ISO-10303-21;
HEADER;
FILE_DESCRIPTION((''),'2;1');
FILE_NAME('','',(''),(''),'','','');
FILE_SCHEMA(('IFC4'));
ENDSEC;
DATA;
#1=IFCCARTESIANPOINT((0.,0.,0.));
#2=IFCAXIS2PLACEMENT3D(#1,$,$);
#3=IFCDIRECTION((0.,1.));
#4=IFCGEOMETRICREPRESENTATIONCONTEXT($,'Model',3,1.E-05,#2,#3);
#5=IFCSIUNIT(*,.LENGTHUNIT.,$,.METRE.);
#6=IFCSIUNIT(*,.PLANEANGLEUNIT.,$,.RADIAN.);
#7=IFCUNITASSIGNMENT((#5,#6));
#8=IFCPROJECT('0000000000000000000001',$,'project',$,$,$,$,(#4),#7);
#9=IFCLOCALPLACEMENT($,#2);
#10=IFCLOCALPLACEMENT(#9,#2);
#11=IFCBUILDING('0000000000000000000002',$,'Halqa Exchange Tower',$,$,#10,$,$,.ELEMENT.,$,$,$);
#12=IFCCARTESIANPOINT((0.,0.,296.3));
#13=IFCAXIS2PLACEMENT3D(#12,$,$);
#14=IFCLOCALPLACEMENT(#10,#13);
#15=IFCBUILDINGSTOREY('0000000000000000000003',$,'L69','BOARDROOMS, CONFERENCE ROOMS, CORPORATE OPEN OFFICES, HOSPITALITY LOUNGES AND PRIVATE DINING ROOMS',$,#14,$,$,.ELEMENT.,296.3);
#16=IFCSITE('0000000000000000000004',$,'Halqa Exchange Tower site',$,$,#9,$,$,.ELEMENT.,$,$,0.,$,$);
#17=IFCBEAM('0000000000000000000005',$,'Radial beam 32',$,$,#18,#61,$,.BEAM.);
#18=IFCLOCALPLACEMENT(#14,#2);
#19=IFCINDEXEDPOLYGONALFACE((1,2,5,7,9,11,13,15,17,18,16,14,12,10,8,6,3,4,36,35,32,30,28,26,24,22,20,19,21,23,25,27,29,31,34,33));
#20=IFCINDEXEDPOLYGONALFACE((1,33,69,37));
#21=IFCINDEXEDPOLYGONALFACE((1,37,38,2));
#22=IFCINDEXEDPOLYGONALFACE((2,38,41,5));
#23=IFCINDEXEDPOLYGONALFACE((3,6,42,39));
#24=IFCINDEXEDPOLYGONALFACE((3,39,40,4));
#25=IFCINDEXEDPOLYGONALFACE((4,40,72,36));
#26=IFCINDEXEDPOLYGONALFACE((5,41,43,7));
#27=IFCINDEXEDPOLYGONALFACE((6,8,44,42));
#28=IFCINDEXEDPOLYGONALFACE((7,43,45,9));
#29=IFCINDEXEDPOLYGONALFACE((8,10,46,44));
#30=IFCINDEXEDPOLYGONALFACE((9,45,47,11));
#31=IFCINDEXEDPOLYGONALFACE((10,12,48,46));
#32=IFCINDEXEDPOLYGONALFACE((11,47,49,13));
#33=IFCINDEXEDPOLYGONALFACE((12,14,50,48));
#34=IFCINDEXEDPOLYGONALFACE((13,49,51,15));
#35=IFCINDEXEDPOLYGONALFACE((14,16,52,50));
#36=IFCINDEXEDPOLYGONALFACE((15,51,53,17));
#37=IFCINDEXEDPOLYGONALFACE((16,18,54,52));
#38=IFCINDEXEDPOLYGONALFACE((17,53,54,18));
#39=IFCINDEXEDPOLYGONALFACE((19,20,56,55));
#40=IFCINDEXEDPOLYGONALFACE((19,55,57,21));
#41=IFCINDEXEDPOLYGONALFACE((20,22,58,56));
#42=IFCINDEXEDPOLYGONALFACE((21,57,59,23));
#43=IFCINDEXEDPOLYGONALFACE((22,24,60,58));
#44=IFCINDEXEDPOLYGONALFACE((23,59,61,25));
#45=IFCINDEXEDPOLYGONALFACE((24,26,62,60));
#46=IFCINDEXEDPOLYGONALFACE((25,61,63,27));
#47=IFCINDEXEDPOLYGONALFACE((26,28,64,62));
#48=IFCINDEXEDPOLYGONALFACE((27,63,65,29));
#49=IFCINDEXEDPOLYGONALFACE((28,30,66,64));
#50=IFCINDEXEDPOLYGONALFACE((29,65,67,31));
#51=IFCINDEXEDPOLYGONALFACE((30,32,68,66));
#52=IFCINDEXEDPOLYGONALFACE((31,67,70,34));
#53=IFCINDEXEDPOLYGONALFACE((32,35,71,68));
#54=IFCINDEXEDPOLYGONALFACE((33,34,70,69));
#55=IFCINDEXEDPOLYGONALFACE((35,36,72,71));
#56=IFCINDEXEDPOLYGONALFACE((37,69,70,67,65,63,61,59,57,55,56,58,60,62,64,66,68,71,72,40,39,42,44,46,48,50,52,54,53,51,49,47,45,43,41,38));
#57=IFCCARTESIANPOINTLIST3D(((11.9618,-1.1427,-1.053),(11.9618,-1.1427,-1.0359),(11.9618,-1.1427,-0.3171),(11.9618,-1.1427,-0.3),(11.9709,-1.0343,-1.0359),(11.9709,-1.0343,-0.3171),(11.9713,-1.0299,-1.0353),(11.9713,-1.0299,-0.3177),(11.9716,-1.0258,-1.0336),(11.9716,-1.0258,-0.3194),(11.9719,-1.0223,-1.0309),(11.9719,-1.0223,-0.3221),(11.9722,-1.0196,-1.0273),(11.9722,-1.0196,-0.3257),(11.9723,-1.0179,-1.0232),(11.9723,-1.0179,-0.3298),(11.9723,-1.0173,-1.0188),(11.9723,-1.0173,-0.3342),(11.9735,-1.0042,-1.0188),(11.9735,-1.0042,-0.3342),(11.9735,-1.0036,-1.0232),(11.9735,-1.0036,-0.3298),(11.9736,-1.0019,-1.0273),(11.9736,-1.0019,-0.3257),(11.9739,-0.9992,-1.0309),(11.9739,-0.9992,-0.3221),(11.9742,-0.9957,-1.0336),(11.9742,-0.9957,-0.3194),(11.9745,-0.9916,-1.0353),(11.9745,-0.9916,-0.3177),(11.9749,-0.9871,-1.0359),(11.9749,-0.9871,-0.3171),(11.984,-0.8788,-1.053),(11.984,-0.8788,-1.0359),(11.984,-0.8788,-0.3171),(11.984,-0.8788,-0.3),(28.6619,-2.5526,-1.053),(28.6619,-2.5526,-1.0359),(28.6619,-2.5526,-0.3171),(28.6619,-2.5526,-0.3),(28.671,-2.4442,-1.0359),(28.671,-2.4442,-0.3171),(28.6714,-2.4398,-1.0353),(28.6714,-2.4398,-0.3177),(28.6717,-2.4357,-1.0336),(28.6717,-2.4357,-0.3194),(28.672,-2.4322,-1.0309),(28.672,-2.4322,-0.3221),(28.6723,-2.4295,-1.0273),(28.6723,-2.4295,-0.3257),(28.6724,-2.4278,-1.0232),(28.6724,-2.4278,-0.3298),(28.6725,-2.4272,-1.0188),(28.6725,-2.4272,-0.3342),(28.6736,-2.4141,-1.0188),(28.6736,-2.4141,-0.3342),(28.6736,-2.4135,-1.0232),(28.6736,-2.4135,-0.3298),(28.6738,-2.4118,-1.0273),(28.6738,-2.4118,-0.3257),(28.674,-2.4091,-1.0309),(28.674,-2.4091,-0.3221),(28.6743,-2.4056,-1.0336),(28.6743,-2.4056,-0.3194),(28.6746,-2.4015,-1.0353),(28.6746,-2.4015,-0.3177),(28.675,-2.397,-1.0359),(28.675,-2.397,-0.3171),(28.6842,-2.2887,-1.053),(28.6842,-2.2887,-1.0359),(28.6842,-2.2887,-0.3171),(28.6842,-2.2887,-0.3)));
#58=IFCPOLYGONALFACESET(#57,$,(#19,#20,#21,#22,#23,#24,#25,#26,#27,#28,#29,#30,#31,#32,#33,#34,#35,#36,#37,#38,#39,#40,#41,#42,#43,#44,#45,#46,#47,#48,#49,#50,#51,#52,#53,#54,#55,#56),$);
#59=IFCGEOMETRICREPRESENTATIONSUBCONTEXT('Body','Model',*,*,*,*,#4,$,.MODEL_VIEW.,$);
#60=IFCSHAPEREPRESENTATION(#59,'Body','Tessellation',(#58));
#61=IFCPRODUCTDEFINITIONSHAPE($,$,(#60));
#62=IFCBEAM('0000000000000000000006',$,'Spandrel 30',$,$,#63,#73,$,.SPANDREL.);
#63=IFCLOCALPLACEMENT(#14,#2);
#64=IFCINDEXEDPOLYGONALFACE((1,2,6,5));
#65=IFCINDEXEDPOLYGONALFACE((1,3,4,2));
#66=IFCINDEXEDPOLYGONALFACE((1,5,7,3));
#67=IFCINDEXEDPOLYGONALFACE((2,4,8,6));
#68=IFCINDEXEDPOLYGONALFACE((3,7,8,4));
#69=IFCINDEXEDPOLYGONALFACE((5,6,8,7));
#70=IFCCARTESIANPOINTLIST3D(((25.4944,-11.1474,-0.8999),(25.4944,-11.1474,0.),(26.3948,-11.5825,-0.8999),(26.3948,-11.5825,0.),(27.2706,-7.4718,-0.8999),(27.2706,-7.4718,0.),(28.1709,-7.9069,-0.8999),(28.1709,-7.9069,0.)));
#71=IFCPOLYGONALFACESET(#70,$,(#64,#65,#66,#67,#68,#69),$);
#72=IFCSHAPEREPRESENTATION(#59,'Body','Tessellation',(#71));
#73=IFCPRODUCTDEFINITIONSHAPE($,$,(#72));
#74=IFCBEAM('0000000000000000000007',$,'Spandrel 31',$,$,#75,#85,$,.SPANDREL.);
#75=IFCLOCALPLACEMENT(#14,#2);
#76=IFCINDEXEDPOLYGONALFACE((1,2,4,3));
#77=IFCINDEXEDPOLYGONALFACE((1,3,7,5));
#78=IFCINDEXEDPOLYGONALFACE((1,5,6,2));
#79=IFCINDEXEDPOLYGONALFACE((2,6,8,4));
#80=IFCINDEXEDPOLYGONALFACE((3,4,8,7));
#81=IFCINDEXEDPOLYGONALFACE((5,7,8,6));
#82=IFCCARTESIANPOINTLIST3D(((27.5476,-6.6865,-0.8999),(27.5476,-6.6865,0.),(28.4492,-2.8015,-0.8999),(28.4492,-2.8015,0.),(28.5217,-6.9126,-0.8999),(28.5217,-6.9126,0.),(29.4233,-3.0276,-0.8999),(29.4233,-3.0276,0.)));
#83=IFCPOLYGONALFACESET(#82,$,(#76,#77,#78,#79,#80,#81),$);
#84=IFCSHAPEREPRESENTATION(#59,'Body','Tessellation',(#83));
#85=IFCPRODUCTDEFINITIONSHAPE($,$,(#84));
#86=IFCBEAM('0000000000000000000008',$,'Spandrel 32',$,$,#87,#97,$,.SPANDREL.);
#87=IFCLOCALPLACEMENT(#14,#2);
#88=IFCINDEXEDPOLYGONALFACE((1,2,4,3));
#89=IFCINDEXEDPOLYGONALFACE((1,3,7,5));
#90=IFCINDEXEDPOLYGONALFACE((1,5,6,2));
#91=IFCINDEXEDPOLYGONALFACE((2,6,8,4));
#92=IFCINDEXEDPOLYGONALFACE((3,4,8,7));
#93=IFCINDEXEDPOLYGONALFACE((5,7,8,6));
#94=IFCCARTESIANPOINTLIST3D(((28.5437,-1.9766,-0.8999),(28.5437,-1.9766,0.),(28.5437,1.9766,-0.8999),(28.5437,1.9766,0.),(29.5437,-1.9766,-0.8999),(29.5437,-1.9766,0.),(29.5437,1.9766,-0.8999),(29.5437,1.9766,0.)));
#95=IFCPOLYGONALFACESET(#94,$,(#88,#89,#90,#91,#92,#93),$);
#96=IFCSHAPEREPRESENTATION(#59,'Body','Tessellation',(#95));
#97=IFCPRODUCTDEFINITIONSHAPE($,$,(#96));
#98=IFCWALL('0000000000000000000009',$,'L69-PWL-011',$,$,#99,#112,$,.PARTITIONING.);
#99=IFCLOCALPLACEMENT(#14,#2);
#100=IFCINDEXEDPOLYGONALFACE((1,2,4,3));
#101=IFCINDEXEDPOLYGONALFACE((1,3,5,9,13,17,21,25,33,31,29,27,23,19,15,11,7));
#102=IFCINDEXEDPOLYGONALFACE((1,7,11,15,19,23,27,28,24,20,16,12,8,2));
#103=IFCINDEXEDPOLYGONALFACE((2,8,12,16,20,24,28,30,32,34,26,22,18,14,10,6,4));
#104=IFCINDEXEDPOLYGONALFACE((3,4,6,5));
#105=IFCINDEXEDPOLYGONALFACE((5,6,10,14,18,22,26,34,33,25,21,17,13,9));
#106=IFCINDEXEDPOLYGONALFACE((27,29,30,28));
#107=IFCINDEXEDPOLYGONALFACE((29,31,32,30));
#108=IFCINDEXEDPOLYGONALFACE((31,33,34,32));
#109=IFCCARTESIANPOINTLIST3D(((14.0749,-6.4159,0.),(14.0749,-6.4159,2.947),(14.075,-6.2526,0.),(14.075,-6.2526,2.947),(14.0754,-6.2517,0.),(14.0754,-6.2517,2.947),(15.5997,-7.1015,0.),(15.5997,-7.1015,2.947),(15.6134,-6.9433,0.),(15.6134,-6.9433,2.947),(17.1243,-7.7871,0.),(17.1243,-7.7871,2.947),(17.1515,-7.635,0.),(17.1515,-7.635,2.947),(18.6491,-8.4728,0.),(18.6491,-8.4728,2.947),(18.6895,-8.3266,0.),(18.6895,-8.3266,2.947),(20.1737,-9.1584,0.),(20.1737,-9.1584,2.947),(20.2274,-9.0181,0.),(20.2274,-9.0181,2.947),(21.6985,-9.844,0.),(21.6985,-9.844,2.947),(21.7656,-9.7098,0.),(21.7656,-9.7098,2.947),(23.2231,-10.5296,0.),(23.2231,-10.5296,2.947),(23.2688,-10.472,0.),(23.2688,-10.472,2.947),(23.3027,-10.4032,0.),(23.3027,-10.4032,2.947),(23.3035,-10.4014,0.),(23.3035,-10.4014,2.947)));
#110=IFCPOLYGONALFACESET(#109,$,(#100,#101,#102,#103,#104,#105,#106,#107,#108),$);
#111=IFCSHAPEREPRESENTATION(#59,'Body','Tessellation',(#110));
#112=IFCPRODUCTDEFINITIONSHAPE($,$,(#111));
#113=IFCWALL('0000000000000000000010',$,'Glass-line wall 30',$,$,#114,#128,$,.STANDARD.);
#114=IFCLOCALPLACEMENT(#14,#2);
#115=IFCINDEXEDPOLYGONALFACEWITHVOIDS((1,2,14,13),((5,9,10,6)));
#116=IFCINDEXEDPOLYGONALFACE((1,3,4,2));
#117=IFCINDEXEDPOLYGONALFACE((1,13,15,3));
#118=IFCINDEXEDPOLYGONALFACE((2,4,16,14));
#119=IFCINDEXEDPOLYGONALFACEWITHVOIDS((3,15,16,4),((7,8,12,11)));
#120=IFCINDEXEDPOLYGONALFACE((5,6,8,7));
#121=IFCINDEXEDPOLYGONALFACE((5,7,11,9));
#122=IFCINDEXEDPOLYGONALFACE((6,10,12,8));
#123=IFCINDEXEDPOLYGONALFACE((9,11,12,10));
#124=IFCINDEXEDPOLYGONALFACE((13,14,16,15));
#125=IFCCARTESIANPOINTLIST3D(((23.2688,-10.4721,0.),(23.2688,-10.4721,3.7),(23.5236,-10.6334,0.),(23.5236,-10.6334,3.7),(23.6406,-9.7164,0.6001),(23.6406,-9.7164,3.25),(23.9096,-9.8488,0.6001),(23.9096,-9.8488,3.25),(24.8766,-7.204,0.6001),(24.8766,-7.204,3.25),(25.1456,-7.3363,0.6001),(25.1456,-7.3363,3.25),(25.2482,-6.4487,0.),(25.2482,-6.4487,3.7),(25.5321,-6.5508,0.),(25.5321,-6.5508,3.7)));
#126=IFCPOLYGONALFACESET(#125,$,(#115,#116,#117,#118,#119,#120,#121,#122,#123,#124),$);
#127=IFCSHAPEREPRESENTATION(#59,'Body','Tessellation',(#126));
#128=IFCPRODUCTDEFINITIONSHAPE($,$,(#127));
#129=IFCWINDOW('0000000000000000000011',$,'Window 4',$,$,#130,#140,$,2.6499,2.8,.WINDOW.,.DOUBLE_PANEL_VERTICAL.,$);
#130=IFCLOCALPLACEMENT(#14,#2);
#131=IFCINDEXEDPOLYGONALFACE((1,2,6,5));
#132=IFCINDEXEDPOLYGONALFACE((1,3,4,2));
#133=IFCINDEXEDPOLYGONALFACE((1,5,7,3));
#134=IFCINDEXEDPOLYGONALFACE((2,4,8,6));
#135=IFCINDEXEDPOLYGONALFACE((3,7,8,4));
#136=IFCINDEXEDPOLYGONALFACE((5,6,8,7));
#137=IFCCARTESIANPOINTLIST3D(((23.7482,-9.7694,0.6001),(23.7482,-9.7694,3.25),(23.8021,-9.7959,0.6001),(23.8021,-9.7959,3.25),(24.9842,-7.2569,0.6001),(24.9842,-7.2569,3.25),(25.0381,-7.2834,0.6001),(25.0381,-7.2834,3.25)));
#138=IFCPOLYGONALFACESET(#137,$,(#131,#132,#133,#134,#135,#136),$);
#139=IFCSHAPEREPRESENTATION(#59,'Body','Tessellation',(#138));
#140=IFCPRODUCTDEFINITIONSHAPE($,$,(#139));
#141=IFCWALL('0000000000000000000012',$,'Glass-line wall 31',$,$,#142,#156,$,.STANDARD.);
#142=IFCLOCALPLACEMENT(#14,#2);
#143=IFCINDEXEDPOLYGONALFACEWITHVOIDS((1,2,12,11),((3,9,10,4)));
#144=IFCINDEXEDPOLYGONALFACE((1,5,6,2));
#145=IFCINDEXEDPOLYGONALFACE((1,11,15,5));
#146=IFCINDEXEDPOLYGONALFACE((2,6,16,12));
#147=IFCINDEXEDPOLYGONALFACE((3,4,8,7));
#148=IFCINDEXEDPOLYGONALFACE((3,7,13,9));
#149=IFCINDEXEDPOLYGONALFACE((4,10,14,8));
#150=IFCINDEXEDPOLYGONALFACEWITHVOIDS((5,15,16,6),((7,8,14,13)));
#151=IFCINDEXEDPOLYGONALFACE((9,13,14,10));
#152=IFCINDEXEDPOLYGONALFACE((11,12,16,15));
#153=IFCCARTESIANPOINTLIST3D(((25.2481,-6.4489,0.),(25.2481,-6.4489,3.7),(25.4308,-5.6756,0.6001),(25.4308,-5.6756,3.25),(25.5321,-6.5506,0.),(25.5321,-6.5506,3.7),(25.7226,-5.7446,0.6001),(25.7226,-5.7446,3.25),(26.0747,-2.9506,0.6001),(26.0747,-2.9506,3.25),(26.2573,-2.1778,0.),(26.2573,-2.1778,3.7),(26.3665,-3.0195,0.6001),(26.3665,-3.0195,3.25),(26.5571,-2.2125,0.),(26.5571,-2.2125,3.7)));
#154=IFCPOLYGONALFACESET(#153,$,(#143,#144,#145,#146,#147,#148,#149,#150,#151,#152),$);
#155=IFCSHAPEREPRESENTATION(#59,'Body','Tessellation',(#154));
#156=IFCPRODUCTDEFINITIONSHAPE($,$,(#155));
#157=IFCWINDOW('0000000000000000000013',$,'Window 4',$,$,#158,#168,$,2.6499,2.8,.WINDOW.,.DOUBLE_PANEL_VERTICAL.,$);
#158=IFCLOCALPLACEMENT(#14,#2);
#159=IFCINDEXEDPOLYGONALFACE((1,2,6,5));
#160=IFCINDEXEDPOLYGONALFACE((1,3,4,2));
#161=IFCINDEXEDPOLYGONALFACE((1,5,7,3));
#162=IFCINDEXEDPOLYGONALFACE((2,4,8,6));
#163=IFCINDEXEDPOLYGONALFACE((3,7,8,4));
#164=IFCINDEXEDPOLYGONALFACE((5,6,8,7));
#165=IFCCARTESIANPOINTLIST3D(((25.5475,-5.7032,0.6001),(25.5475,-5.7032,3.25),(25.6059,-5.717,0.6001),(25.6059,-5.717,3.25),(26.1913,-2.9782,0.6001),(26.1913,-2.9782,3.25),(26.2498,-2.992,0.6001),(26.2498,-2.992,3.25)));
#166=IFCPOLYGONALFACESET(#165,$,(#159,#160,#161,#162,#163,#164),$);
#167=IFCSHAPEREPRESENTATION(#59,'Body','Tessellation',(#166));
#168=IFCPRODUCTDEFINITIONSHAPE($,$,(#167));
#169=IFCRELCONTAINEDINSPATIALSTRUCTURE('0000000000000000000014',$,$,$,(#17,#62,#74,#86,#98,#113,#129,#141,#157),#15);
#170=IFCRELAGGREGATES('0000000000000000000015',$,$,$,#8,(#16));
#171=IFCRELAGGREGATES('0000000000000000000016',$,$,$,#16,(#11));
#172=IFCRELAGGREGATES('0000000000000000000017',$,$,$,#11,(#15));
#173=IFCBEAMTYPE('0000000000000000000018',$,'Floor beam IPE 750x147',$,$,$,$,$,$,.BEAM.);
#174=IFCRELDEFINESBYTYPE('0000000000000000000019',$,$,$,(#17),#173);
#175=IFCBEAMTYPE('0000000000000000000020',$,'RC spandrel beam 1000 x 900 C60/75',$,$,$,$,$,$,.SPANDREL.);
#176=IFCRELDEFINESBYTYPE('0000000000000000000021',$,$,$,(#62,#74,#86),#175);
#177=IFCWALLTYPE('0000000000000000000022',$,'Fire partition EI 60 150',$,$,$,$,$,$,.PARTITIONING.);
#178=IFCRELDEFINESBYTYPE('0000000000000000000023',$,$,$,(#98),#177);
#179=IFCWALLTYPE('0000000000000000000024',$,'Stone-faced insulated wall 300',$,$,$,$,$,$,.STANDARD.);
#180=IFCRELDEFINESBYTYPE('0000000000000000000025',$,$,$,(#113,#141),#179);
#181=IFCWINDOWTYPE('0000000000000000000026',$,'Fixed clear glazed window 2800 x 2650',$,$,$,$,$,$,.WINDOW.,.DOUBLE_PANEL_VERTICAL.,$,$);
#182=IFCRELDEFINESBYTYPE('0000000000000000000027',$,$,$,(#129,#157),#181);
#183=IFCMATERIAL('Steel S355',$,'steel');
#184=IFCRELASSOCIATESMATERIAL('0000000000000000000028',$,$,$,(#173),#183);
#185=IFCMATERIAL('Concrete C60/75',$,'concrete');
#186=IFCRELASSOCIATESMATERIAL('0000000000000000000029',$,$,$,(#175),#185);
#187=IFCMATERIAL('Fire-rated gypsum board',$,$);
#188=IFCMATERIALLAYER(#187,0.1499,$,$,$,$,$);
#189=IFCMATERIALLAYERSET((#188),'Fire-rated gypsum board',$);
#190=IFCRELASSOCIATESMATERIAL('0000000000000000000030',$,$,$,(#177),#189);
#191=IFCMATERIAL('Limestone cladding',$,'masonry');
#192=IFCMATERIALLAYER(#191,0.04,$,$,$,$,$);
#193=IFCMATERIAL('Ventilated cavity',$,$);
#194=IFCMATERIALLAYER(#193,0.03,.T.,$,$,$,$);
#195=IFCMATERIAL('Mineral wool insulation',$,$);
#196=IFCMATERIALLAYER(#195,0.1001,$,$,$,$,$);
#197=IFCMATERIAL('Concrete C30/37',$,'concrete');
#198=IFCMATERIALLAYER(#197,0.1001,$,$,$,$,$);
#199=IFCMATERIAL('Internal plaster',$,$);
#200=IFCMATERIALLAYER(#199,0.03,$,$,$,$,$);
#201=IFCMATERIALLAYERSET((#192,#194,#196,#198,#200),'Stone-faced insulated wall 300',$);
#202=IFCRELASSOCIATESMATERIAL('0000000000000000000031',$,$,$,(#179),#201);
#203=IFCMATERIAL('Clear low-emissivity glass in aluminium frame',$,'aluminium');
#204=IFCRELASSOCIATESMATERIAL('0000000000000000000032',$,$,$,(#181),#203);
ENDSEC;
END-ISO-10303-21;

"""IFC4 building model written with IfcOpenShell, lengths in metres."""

from ifc_helpers import new_model, si_unit, direction, frame, frame_2d, origin, origin_2d, place, context, subcontext, project, spatial, polyline, rectangle, i_section, outline, extrude, material, layer, layer_set, material_profile, profile_set, type_object, element, fill, save


model = new_model("IFC4")

# Units and contexts
model_context = context("Model", 3, precision=1e-05, world=origin(), true_north=direction((0.0, 1.0)))
body_context = subcontext(model_context, "Body", "Model", "MODEL_VIEW")
ifc_project = project(units=[si_unit("LENGTHUNIT", "METRE"), si_unit("PLANEANGLEUNIT", "RADIAN")], contexts=[model_context])

# Site, building, storey
site_placement = place(None, origin())
site = spatial("IfcSite", under=ifc_project, at=site_placement, Name="Halqa Exchange Tower site", CompositionType="ELEMENT", RefElevation=0.0)
building_placement = place(site_placement, origin())
building = spatial("IfcBuilding", under=site, at=building_placement, Name="Halqa Exchange Tower", CompositionType="ELEMENT")
storey_placement = place(building_placement, frame((0.0, 0.0, 296.3)))
storey = spatial("IfcBuildingStorey", under=building, at=storey_placement, Name="L69", Description="BOARDROOMS, CONFERENCE ROOMS, CORPORATE OPEN OFFICES, HOSPITALITY LOUNGES AND PRIVATE DINING ROOMS", CompositionType="ELEMENT", Elevation=296.3)

# Beams
ifc_material_1 = material(Name="Steel S355", Category="steel")
ifc_material_profile_1 = material_profile(ifc_material_1, i_section(OverallWidth=0.2649, OverallDepth=0.7529, WebThickness=0.0132, FlangeThickness=0.0171, FilletRadius=0.0171, at=origin_2d()), Name="IPE 750x147")
ifc_profile_set_1 = profile_set([ifc_material_profile_1], Name="Steel S355")
beam_type_1 = type_object("IfcBeamType", Name="Floor beam IPE 750x147", PredefinedType="BEAM", material=ifc_profile_set_1)
beam_1_placement = place(storey_placement, frame((11.9729, -1.0107, -0.6765), z_axis=(0.996455, -0.084126, 0.0), x_axis=(0.084126, 0.996455, 0.0)))
element("IfcBeam", 1, at=beam_1_placement, inside=storey, type_object=beam_type_1, Name="Radial beam 32", PredefinedType="BEAM", context=body_context, shape_type="SweptSolid", body=[
    extrude(i_section(OverallWidth=0.2649, OverallDepth=0.7529, WebThickness=0.0132, FlangeThickness=0.0171, FilletRadius=0.0171, at=origin_2d()), origin(), (0.0, 0.0, 1.0), 16.7595),
])
ifc_material_2 = material(Name="Concrete C60/75", Category="concrete")
ifc_material_profile_2 = material_profile(ifc_material_2, rectangle(XDim=1.0, YDim=0.8999, at=origin_2d()), Name="1000 x 900")
ifc_profile_set_2 = profile_set([ifc_material_profile_2], Name="Concrete C60/75")
beam_type_2 = type_object("IfcBeamType", Name="RC spandrel beam 1000 x 900 C60/75", PredefinedType="SPANDREL", material=ifc_profile_set_2)
beam_2_placement = place(storey_placement, frame((25.9446, -11.365, -0.45), z_axis=(0.435092, 0.900386, 0.0), x_axis=(-0.900386, 0.435092, 0.0)))
element("IfcBeam", 2, at=beam_2_placement, inside=storey, type_object=beam_type_2, Name="Spandrel 30", PredefinedType="SPANDREL", context=body_context, shape_type="SweptSolid", body=[
    extrude(rectangle(XDim=1.0, YDim=0.8999, at=origin_2d()), origin(), (0.0, 0.0, 1.0), 4.0823),
])
beam_3_placement = place(storey_placement, frame((28.0347, -6.7996, -0.45), z_axis=(0.226066, 0.974112, 0.0), x_axis=(-0.974112, 0.226066, 0.0)))
element("IfcBeam", 3, at=beam_3_placement, inside=storey, type_object=beam_type_2, Name="Spandrel 31", PredefinedType="SPANDREL", context=body_context, shape_type="SweptSolid", body=[
    extrude(rectangle(XDim=1.0, YDim=0.8999, at=origin_2d()), origin(), (0.0, 0.0, 1.0), 3.9883),
])
beam_4_placement = place(storey_placement, frame((29.0437, -1.9766, -0.45), z_axis=(0.0, 1.0, 0.0), x_axis=(-1.0, 0.0, 0.0)))
element("IfcBeam", 4, at=beam_4_placement, inside=storey, type_object=beam_type_2, Name="Spandrel 32", PredefinedType="SPANDREL", context=body_context, shape_type="SweptSolid", body=[
    extrude(rectangle(XDim=1.0, YDim=0.8999, at=origin_2d()), origin(), (0.0, 0.0, 1.0), 3.9531),
])

# Wall
ifc_material_3 = material(Name="Fire-rated gypsum board")
ifc_layer_1 = layer(ifc_material_3, 0.1499)
ifc_layer_set_1 = layer_set([ifc_layer_1], Name="Fire-rated gypsum board")
wall_type_1 = type_object("IfcWallType", Name="Fire partition EI 60 150", PredefinedType="PARTITIONING", material=ifc_layer_set_1)
wall_1_placement = place(storey_placement, frame((14.0447, -6.3201, 0.0), z_axis=(0.0, 0.0, 1.0), x_axis=(0.912031, -0.410122, 0.0)))
element("IfcWall", 5, at=wall_1_placement, inside=storey, type_object=wall_type_1, Name="L69-PWL-011", PredefinedType="PARTITIONING", context=body_context, shape_type="SweptSolid", body=[
    extrude(outline(polyline([(0.0669, -0.075), (1.7388, -0.075), (3.4104, -0.075), (5.0823, -0.075), (6.7539, -0.075), (8.4258, -0.075), (10.0974, -0.075), (10.1155, -0.0037), (10.1182, 0.073), (10.1182, 0.075), (8.4319, 0.075), (6.7454, 0.075), (5.0591, 0.075), (3.3728, 0.075), (1.6863, 0.075), (0.0, 0.075), (0.0, 0.074), (0.0669, -0.075)])), origin(), (0.0, 0.0, 1.0), 2.947),
])

# Walls, openings, windows
ifc_material_4 = material(Name="Limestone cladding", Category="masonry")
ifc_layer_2 = layer(ifc_material_4, 0.04)
ifc_material_5 = material(Name="Ventilated cavity")
ifc_layer_3 = layer(ifc_material_5, 0.03, ventilated=True)
ifc_material_6 = material(Name="Mineral wool insulation")
ifc_layer_4 = layer(ifc_material_6, 0.1001)
ifc_material_7 = material(Name="Concrete C30/37", Category="concrete")
ifc_layer_5 = layer(ifc_material_7, 0.1001)
ifc_material_8 = material(Name="Internal plaster")
ifc_layer_6 = layer(ifc_material_8, 0.03)
ifc_layer_set_2 = layer_set([ifc_layer_2, ifc_layer_3, ifc_layer_4, ifc_layer_5, ifc_layer_6], Name="Stone-faced insulated wall 300")
wall_type_2 = type_object("IfcWallType", Name="Stone-faced insulated wall 300", PredefinedType="STANDARD", material=ifc_layer_set_2)
wall_2_placement = place(storey_placement, frame((23.3962, -10.5527, 0.0), z_axis=(0.0, 0.0, 1.0), x_axis=(0.441432, 0.897295, 0.0)))
wall_2 = element("IfcWall", 6, at=wall_2_placement, inside=storey, type_object=wall_type_2, Name="Glass-line wall 30", PredefinedType="STANDARD", context=body_context, shape_type="SweptSolid", body=[
    extrude(outline(polyline([(-0.0161, -0.1499), (4.5337, -0.1499), (4.5, 0.1499), (0.0161, 0.1499), (-0.0161, -0.1499)])), origin(), (0.0, 0.0, 1.0), 3.7),
])
opening_1_placement = place(wall_2_placement, frame((0.8584, 0.0, 0.6001)))
opening_1 = element("IfcOpeningElement", 7, at=opening_1_placement, cuts=wall_2, PredefinedType="OPENING", context=body_context, shape_type="SweptSolid", body=[
    extrude(rectangle(XDim=2.8, YDim=2.6499, at=frame_2d((1.3999, 1.325))), frame((0.0, 0.1621, 0.0), z_axis=(0.0, -1.0, 0.0), x_axis=(1.0, 0.0, 0.0)), (0.0, 0.0, 1.0), 0.324),
])
ifc_material_9 = material(Name="Clear low-emissivity glass in aluminium frame", Category="aluminium")
window_type = type_object("IfcWindowType", Name="Fixed clear glazed window 2800 x 2650", PartitioningType="DOUBLE_PANEL_VERTICAL", PredefinedType="WINDOW", material=ifc_material_9)
window_1_placement = place(opening_1_placement, origin())
window_1 = element("IfcWindow", 8, at=window_1_placement, inside=storey, type_object=window_type, Name="Window 4", OverallHeight=2.6499, OverallWidth=2.8, PartitioningType="DOUBLE_PANEL_VERTICAL", PredefinedType="WINDOW", context=body_context, shape_type="SweptSolid", body=[
    extrude(rectangle(XDim=2.8, YDim=2.6499, at=frame_2d((1.3999, 1.325))), frame((0.0, 0.03, 0.0), z_axis=(0.0, -1.0, 0.0), x_axis=(1.0, 0.0, 0.0)), (0.0, 0.0, 1.0), 0.0601),
])
fill(opening_1, window_1)
wall_3_placement = place(storey_placement, frame((25.3901, -6.4998, 0.0), z_axis=(0.0, 0.0, 1.0), x_axis=(0.229944, 0.973204, 0.0)))
wall_3 = element("IfcWall", 9, at=wall_3_placement, inside=storey, type_object=wall_type_2, Name="Glass-line wall 31", PredefinedType="STANDARD", context=body_context, shape_type="SweptSolid", body=[
    extrude(outline(polyline([(-0.0168, -0.1499), (4.4407, -0.1499), (4.4055, 0.1499), (0.0168, 0.1499), (-0.0168, -0.1499)])), origin(), (0.0, 0.0, 1.0), 3.7),
])
opening_2_placement = place(wall_3_placement, frame((0.8115, 0.0, 0.6001)))
opening_2 = element("IfcOpeningElement", 10, at=opening_2_placement, cuts=wall_3, PredefinedType="OPENING", context=body_context, shape_type="SweptSolid", body=[
    extrude(rectangle(XDim=2.8, YDim=2.6499, at=frame_2d((1.3999, 1.325))), frame((0.0, 0.1621, 0.0), z_axis=(0.0, -1.0, 0.0), x_axis=(1.0, 0.0, 0.0)), (0.0, 0.0, 1.0), 0.324),
])
window_2_placement = place(opening_2_placement, origin())
window_2 = element("IfcWindow", 11, at=window_2_placement, inside=storey, type_object=window_type, Name="Window 4", OverallHeight=2.6499, OverallWidth=2.8, PartitioningType="DOUBLE_PANEL_VERTICAL", PredefinedType="WINDOW", context=body_context, shape_type="SweptSolid", body=[
    extrude(rectangle(XDim=2.8, YDim=2.6499, at=frame_2d((1.3999, 1.325))), frame((0.0, 0.03, 0.0), z_axis=(0.0, -1.0, 0.0), x_axis=(1.0, 0.0, 0.0)), (0.0, 0.0, 1.0), 0.0601),
])
fill(opening_2, window_2)

save(model, "model.ifc")
